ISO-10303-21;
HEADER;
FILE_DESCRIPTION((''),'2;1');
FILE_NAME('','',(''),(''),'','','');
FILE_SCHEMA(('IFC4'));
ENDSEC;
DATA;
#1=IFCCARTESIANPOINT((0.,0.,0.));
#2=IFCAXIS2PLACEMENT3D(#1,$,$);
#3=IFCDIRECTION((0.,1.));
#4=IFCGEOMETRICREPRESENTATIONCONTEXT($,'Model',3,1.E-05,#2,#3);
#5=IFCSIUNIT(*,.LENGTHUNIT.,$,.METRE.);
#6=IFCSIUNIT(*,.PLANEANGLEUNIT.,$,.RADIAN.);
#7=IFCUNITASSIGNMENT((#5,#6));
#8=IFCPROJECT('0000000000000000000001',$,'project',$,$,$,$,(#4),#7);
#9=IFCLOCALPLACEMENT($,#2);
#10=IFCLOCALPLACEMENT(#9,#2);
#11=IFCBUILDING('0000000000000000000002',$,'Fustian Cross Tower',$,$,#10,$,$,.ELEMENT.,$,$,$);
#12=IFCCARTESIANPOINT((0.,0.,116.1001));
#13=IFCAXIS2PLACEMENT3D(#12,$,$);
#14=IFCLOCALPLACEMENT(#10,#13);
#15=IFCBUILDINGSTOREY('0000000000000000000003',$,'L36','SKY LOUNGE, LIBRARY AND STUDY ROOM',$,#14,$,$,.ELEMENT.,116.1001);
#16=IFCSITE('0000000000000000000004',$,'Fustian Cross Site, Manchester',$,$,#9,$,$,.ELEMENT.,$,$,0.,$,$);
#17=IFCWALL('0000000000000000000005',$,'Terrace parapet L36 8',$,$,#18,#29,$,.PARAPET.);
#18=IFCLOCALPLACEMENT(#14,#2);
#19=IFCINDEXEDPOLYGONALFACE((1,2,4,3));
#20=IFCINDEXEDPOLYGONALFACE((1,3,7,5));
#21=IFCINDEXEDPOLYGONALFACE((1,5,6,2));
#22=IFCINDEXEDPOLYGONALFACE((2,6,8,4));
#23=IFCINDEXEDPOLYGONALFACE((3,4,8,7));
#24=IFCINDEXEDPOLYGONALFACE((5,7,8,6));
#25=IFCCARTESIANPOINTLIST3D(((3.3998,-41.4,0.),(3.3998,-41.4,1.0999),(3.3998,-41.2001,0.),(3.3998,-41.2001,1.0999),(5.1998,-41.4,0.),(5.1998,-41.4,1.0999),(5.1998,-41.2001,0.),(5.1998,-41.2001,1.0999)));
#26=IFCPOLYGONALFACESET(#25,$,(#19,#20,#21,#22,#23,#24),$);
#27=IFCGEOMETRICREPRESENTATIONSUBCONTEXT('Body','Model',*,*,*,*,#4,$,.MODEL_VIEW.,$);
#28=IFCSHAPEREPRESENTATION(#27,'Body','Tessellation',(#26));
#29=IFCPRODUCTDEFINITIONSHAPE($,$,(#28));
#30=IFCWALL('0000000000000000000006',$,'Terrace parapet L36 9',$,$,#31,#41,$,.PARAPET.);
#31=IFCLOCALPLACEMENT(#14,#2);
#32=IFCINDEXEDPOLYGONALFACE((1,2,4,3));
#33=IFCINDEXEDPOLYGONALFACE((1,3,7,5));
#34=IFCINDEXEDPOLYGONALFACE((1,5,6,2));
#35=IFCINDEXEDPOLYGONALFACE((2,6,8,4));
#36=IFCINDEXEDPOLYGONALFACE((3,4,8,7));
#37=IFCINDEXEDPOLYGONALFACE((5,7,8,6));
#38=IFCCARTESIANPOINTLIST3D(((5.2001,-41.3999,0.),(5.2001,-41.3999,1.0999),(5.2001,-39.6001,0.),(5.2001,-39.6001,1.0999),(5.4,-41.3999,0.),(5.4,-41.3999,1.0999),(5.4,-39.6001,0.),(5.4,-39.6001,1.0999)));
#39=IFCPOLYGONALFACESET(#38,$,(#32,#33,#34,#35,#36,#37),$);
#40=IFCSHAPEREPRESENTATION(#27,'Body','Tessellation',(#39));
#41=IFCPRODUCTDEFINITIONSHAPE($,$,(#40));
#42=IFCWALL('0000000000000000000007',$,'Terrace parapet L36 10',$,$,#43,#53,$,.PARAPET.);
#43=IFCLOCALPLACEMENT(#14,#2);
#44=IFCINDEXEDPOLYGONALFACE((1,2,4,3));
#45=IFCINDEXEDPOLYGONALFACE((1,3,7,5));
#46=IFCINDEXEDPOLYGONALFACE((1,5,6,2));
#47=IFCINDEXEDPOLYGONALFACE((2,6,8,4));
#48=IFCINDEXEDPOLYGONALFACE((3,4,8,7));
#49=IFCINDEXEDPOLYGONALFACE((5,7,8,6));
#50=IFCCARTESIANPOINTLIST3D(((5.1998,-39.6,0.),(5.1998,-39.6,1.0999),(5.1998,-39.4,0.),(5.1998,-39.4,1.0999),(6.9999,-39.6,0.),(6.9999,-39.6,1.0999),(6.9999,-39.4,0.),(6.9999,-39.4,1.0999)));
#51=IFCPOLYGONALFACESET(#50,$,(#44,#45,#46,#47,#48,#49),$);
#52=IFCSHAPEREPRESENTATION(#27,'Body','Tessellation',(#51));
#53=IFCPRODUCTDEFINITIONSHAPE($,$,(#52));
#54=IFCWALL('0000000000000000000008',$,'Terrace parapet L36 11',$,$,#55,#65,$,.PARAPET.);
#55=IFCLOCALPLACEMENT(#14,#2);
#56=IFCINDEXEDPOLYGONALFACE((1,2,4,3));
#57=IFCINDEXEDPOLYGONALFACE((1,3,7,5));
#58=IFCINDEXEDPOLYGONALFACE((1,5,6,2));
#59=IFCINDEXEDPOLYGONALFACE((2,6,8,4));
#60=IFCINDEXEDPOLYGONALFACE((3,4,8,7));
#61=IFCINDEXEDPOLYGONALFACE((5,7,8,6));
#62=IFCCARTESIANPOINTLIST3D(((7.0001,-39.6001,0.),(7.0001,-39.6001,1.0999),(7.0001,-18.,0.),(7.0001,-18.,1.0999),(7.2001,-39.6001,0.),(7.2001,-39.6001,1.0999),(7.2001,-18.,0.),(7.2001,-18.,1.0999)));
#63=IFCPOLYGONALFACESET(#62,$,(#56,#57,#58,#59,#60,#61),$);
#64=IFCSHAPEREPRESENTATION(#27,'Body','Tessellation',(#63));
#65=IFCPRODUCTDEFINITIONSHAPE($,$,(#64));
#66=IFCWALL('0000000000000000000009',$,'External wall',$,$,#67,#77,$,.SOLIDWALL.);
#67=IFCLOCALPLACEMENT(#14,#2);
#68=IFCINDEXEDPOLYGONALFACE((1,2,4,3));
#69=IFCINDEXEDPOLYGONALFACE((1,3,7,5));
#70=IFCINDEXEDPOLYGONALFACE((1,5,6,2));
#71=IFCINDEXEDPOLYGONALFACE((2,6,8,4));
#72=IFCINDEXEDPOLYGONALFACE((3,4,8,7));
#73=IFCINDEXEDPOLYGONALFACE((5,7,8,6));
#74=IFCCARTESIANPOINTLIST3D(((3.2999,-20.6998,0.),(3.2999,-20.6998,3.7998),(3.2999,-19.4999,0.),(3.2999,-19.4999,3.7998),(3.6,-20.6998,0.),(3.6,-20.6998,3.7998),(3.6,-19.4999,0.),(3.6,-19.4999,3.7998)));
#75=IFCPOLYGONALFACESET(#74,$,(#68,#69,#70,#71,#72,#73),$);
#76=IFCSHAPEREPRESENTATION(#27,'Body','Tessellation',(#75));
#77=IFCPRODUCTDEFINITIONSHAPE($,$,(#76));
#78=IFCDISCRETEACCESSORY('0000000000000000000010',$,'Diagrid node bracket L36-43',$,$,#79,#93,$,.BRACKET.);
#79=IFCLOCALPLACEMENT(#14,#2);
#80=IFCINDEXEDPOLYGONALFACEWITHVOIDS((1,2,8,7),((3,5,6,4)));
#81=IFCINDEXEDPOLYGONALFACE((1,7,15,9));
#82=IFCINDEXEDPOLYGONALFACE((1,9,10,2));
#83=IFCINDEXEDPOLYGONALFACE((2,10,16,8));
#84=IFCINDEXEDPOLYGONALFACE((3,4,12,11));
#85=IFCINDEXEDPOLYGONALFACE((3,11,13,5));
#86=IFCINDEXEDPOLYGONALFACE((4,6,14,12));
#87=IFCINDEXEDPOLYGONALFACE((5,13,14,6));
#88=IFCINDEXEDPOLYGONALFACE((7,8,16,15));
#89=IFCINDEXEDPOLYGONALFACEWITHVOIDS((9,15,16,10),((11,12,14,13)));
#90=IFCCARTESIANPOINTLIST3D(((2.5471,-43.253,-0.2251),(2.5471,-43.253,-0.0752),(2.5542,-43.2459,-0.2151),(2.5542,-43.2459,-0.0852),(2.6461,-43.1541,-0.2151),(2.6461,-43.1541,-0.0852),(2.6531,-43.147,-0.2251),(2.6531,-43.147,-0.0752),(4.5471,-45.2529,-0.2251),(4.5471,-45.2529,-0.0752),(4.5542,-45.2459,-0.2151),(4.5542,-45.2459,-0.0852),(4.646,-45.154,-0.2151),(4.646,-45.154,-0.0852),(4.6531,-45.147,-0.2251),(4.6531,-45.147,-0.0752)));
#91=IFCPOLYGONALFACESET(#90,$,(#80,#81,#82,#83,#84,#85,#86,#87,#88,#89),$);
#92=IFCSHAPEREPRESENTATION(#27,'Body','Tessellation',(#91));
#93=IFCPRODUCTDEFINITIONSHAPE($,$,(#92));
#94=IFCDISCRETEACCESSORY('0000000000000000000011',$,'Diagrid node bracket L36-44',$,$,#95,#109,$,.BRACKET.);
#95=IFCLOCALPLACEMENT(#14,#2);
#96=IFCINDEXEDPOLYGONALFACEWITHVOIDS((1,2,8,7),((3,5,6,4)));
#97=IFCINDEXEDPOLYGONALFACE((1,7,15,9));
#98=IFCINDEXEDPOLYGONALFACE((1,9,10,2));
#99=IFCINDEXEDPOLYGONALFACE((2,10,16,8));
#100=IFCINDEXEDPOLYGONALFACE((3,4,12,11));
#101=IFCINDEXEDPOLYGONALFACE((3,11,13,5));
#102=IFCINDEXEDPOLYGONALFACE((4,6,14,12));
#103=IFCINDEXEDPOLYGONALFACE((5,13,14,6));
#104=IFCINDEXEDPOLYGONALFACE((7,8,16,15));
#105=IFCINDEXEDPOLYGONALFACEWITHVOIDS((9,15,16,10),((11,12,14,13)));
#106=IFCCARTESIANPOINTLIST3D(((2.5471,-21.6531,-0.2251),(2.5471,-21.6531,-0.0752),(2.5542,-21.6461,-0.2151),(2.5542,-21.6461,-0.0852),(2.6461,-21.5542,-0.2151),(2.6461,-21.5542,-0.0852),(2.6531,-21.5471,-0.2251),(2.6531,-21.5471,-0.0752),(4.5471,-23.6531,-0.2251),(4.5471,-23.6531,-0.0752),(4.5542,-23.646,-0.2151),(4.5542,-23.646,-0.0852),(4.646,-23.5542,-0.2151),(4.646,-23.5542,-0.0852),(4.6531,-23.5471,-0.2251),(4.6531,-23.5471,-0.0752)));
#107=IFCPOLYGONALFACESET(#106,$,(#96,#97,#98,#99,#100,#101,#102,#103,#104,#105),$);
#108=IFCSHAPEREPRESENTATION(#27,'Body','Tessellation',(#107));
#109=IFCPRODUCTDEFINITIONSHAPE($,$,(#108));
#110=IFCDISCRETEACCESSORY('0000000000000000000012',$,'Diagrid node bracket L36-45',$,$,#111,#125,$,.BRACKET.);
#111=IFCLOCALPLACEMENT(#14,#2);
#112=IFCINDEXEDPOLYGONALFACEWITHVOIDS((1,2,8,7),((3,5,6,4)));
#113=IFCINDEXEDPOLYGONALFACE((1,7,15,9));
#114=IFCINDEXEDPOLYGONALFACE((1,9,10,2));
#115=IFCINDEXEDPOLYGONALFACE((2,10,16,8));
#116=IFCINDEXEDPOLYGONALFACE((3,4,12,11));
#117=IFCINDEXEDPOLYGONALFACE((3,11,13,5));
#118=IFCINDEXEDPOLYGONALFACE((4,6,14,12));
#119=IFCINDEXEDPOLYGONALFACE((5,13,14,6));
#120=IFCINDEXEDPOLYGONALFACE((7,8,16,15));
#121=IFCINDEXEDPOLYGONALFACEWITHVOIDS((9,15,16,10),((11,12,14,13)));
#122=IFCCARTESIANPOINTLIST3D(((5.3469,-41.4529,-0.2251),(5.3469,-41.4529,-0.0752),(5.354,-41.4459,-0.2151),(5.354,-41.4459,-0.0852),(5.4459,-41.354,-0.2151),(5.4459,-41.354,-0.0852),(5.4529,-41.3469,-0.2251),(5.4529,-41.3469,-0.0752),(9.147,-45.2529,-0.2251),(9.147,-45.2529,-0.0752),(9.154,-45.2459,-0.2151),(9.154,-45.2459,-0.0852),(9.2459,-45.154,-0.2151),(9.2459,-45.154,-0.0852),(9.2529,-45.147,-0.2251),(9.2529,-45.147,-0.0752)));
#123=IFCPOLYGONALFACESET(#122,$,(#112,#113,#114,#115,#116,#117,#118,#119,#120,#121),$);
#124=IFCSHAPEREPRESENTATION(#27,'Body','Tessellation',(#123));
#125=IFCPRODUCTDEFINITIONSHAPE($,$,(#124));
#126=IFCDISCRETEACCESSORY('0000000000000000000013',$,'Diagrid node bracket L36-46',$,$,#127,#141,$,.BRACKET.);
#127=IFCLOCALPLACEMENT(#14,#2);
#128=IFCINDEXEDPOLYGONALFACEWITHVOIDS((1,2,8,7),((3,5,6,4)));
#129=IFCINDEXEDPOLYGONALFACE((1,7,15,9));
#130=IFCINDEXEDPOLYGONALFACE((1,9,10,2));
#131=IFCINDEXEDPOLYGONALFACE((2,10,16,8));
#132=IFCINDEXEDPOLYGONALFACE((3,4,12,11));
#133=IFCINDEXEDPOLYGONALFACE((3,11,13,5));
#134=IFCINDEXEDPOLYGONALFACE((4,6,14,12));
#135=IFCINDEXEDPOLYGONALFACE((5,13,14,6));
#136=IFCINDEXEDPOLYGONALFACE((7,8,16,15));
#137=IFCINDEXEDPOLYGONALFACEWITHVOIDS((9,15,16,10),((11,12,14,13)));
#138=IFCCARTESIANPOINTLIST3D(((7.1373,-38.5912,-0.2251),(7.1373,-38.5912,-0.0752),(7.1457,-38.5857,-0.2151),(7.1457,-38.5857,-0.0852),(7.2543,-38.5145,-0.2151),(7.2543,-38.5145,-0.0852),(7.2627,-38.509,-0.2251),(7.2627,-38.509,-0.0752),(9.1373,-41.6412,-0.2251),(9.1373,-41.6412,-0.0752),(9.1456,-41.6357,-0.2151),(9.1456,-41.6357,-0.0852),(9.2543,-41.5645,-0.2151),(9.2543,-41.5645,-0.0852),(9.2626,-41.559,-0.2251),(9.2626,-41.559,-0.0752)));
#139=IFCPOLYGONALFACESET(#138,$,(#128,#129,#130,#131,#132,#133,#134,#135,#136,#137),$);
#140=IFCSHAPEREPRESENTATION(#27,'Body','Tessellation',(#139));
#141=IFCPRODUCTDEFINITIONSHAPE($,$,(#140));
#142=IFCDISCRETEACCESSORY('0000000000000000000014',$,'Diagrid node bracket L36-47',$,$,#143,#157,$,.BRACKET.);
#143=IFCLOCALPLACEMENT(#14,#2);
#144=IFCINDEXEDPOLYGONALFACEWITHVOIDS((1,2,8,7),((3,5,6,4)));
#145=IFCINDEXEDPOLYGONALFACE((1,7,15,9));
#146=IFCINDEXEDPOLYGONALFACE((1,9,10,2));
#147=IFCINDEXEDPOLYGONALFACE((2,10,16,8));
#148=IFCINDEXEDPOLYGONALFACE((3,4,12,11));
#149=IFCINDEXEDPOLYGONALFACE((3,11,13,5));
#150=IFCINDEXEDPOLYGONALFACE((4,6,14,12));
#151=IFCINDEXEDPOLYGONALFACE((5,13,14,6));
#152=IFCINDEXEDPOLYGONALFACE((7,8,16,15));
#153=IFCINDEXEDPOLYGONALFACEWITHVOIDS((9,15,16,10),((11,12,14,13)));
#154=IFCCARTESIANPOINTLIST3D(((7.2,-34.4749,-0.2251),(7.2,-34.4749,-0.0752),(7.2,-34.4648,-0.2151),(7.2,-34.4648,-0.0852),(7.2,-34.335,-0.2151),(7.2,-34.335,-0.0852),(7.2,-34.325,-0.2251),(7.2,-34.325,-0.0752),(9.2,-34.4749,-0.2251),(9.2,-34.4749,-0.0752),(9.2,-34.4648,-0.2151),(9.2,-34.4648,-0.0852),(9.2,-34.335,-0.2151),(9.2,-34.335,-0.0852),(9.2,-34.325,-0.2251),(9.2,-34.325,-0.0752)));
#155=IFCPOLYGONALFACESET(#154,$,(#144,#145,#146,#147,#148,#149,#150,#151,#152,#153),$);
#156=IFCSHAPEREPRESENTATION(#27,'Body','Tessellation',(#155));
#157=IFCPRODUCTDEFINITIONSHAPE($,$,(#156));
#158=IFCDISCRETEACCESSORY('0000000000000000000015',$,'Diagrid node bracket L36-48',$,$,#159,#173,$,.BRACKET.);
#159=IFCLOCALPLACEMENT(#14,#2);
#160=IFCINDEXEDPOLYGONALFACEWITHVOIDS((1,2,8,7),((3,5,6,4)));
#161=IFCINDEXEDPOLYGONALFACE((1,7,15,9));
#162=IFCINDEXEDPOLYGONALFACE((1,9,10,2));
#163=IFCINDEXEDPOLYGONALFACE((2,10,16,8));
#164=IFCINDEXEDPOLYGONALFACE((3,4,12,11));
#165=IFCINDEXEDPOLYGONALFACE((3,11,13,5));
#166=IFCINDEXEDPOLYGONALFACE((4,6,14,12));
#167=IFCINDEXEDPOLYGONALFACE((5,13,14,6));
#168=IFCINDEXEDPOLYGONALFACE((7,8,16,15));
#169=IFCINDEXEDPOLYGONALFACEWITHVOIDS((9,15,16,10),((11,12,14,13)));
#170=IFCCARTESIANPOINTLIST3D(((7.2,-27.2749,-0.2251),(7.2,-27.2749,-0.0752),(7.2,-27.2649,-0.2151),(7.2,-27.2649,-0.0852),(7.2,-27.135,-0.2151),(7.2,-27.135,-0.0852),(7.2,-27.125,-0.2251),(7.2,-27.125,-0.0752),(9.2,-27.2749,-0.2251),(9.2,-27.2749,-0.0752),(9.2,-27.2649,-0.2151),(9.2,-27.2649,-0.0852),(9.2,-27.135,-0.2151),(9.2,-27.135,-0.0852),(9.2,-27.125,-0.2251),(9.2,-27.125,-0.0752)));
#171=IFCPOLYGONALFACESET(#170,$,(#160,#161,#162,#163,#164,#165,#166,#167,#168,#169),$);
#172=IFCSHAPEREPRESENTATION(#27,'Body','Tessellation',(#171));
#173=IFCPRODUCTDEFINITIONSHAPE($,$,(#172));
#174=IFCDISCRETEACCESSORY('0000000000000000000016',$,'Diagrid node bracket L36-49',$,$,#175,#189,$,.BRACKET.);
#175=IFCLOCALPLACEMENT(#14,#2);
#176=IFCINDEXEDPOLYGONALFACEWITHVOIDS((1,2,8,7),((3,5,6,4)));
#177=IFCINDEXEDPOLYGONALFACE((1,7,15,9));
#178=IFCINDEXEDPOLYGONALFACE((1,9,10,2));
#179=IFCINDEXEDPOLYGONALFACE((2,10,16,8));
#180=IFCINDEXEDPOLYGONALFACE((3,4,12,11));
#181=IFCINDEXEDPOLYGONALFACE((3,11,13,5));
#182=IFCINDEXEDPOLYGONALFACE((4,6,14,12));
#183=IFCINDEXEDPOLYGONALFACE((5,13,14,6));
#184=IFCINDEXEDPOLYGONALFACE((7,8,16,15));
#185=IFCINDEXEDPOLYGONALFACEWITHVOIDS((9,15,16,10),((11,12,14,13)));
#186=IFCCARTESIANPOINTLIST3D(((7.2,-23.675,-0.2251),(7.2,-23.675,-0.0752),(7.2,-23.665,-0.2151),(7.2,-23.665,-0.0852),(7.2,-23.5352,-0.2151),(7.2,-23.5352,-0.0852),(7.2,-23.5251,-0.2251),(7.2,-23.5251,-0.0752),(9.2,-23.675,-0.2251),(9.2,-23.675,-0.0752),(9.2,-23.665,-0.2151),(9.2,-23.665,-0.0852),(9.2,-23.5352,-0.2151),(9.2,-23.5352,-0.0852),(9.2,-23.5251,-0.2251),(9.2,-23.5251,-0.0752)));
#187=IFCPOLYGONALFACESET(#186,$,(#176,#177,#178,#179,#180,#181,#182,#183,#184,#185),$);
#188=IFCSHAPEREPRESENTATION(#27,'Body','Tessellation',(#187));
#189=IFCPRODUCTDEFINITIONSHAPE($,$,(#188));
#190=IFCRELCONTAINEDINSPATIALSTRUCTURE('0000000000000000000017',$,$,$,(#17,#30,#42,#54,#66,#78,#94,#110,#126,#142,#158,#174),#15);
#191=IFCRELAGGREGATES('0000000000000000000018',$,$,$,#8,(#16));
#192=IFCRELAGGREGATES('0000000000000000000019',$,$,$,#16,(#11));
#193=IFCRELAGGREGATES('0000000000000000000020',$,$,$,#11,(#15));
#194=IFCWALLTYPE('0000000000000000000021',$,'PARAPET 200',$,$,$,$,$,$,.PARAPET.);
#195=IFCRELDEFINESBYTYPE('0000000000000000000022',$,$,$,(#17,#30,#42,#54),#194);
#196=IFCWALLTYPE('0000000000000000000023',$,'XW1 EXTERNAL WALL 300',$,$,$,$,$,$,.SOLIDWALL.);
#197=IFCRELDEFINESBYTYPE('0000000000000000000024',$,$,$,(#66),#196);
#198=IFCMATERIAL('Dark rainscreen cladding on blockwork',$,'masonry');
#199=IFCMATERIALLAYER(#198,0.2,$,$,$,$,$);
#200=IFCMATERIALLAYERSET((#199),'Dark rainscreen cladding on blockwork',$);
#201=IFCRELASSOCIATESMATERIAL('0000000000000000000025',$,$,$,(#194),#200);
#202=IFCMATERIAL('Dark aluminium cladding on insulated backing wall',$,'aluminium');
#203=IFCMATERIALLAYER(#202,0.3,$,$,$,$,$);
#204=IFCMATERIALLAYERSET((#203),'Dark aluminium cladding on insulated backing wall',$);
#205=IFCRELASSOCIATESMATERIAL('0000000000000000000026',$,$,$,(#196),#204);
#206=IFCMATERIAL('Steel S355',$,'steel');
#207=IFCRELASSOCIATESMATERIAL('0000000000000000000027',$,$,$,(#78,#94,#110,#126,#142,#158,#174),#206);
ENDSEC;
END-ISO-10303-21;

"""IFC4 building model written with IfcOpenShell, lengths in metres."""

from ifc_helpers import new_model, si_unit, direction, frame, frame_2d, origin, origin_2d, place, context, subcontext, project, spatial, rectangle, hollow_rectangle, extrude, material, layer, layer_set, type_object, element, save


model = new_model("IFC4")

# Units and contexts
model_context = context("Model", 3, precision=1e-05, world=origin(), true_north=direction((0.0, 1.0)))
body_context = subcontext(model_context, "Body", "Model", "MODEL_VIEW")
ifc_project = project(units=[si_unit("LENGTHUNIT", "METRE"), si_unit("PLANEANGLEUNIT", "RADIAN")], contexts=[model_context])

# Site, building, storey
site_placement = place(None, origin())
site = spatial("IfcSite", under=ifc_project, at=site_placement, Name="Fustian Cross Site, Manchester", CompositionType="ELEMENT", RefElevation=0.0)
building_placement = place(site_placement, origin())
building = spatial("IfcBuilding", under=site, at=building_placement, Name="Fustian Cross Tower", CompositionType="ELEMENT")
storey_placement = place(building_placement, frame((0.0, 0.0, 116.1001)))
storey = spatial("IfcBuildingStorey", under=building, at=storey_placement, Name="L36", Description="SKY LOUNGE, LIBRARY AND STUDY ROOM", CompositionType="ELEMENT", Elevation=116.1001)

# Walls
ifc_material_1 = material(Name="Dark rainscreen cladding on blockwork", Category="masonry")
ifc_layer_1 = layer(ifc_material_1, 0.2)
ifc_layer_set_1 = layer_set([ifc_layer_1], Name="Dark rainscreen cladding on blockwork")
wall_type_1 = type_object("IfcWallType", Name="PARAPET 200", PredefinedType="PARAPET", material=ifc_layer_set_1)
for number, where, z_axis, x_axis, name in (
    (1, (3.3999, -41.3, 0.0), (0.0, 0.0, 1.0), (1.0, 0.0, 0.0), "Terrace parapet L36 8"),
):
    element("IfcWall", number, at=place(storey_placement, frame(where, z_axis=z_axis, x_axis=x_axis)), inside=storey, type_object=wall_type_1, Name=name, PredefinedType="PARAPET", context=body_context, shape_type="SweptSolid", body=[
        extrude(rectangle(XDim=1.8, YDim=0.2, at=frame_2d((0.8999, 0.0))), origin(), (0.0, 0.0, 1.0), 1.0999),
    ])
wall_1_placement = place(storey_placement, frame((5.3, -41.3999, 0.0), z_axis=(0.0, 0.0, 1.0), x_axis=(0.0, 1.0, 0.0)))
element("IfcWall", 2, at=wall_1_placement, inside=storey, type_object=wall_type_1, Name="Terrace parapet L36 9", PredefinedType="PARAPET", context=body_context, shape_type="SweptSolid", body=[
    extrude(rectangle(XDim=1.7998, YDim=0.2, at=frame_2d((0.8999, 0.0))), origin(), (0.0, 0.0, 1.0), 1.0999),
])
wall_2_placement = place(storey_placement, frame((5.2, -39.5, 0.0), z_axis=(0.0, 0.0, 1.0), x_axis=(1.0, 0.0, 0.0)))
element("IfcWall", 3, at=wall_2_placement, inside=storey, type_object=wall_type_1, Name="Terrace parapet L36 10", PredefinedType="PARAPET", context=body_context, shape_type="SweptSolid", body=[
    extrude(rectangle(XDim=1.8, YDim=0.2, at=frame_2d((0.8999, 0.0))), origin(), (0.0, 0.0, 1.0), 1.0999),
])
wall_3_placement = place(storey_placement, frame((7.1001, -39.6001, 0.0), z_axis=(0.0, 0.0, 1.0), x_axis=(0.0, 1.0, 0.0)))
element("IfcWall", 4, at=wall_3_placement, inside=storey, type_object=wall_type_1, Name="Terrace parapet L36 11", PredefinedType="PARAPET", context=body_context, shape_type="SweptSolid", body=[
    extrude(rectangle(XDim=21.6001, YDim=0.2, at=frame_2d((10.8, 0.0))), origin(), (0.0, 0.0, 1.0), 1.0999),
])
ifc_material_2 = material(Name="Dark aluminium cladding on insulated backing wall", Category="aluminium")
ifc_layer_2 = layer(ifc_material_2, 0.3)
ifc_layer_set_2 = layer_set([ifc_layer_2], Name="Dark aluminium cladding on insulated backing wall")
wall_type_2 = type_object("IfcWallType", Name="XW1 EXTERNAL WALL 300", PredefinedType="SOLIDWALL", material=ifc_layer_set_2)
wall_4_placement = place(storey_placement, frame((3.45, -20.7, 0.0), z_axis=(0.0, 0.0, 1.0), x_axis=(0.0, 1.0, 0.0)))
element("IfcWall", 5, at=wall_4_placement, inside=storey, type_object=wall_type_2, Name="External wall", PredefinedType="SOLIDWALL", context=body_context, shape_type="SweptSolid", body=[
    extrude(rectangle(XDim=1.2, YDim=0.3, at=frame_2d((0.6001, 0.0))), origin(), (0.0, 0.0, 1.0), 3.7998),
])

# Discrete accessories
ifc_material_3 = material(Name="Steel S355", Category="steel")
for number, where, z_axis, x_axis, name in (
    (6, (4.6001, -45.2, -0.1501), (-0.707107, 0.707107, 0.0), (-0.707107, -0.707107, 0.0), "Diagrid node bracket L36-43"),
    (7, (4.6001, -23.6001, -0.1501), (-0.707107, 0.707107, 0.0), (-0.707107, -0.707107, 0.0), "Diagrid node bracket L36-44"),
):
    element("IfcDiscreteAccessory", number, at=place(storey_placement, frame(where, z_axis=z_axis, x_axis=x_axis)), inside=storey, material=ifc_material_3, Name=name, PredefinedType="BRACKET", context=body_context, shape_type="SweptSolid", body=[
        extrude(hollow_rectangle(XDim=0.1499, YDim=0.1499, WallThickness=0.01, at=origin_2d()), origin(), (0.0, 0.0, 1.0), 2.8284),
    ])
discrete_accessory_1_placement = place(storey_placement, frame((9.2, -45.2, -0.1501), z_axis=(-0.707107, 0.707107, 0.0), x_axis=(-0.707107, -0.707107, 0.0)))
element("IfcDiscreteAccessory", 8, at=discrete_accessory_1_placement, inside=storey, material=ifc_material_3, Name="Diagrid node bracket L36-45", PredefinedType="BRACKET", context=body_context, shape_type="SweptSolid", body=[
    extrude(hollow_rectangle(XDim=0.1499, YDim=0.1499, WallThickness=0.01, at=origin_2d()), origin(), (0.0, 0.0, 1.0), 5.374),
])
discrete_accessory_2_placement = place(storey_placement, frame((9.2, -41.6001, -0.1501), z_axis=(-0.548351, 0.836248, 0.0), x_axis=(-0.836248, -0.548351, 0.0)))
element("IfcDiscreteAccessory", 9, at=discrete_accessory_2_placement, inside=storey, material=ifc_material_3, Name="Diagrid node bracket L36-46", PredefinedType="BRACKET", context=body_context, shape_type="SweptSolid", body=[
    extrude(hollow_rectangle(XDim=0.1499, YDim=0.1499, WallThickness=0.01, at=origin_2d()), origin(), (0.0, 0.0, 1.0), 3.6472),
])
for number, where, z_axis, x_axis, name in (
    (10, (9.2, -34.3999, -0.1501), (-1.0, 0.0, 0.0), (0.0, -1.0, 0.0), "Diagrid node bracket L36-47"),
    (11, (9.2, -27.2, -0.1501), (-1.0, 0.0, 0.0), (0.0, -1.0, 0.0), "Diagrid node bracket L36-48"),
    (12, (9.2, -23.6001, -0.1501), (-1.0, 0.0, 0.0), (0.0, -1.0, 0.0), "Diagrid node bracket L36-49"),
):
    element("IfcDiscreteAccessory", number, at=place(storey_placement, frame(where, z_axis=z_axis, x_axis=x_axis)), inside=storey, material=ifc_material_3, Name=name, PredefinedType="BRACKET", context=body_context, shape_type="SweptSolid", body=[
        extrude(hollow_rectangle(XDim=0.1499, YDim=0.1499, WallThickness=0.01, at=origin_2d()), origin(), (0.0, 0.0, 1.0), 2.0),
    ])

save(model, "model.ifc")
